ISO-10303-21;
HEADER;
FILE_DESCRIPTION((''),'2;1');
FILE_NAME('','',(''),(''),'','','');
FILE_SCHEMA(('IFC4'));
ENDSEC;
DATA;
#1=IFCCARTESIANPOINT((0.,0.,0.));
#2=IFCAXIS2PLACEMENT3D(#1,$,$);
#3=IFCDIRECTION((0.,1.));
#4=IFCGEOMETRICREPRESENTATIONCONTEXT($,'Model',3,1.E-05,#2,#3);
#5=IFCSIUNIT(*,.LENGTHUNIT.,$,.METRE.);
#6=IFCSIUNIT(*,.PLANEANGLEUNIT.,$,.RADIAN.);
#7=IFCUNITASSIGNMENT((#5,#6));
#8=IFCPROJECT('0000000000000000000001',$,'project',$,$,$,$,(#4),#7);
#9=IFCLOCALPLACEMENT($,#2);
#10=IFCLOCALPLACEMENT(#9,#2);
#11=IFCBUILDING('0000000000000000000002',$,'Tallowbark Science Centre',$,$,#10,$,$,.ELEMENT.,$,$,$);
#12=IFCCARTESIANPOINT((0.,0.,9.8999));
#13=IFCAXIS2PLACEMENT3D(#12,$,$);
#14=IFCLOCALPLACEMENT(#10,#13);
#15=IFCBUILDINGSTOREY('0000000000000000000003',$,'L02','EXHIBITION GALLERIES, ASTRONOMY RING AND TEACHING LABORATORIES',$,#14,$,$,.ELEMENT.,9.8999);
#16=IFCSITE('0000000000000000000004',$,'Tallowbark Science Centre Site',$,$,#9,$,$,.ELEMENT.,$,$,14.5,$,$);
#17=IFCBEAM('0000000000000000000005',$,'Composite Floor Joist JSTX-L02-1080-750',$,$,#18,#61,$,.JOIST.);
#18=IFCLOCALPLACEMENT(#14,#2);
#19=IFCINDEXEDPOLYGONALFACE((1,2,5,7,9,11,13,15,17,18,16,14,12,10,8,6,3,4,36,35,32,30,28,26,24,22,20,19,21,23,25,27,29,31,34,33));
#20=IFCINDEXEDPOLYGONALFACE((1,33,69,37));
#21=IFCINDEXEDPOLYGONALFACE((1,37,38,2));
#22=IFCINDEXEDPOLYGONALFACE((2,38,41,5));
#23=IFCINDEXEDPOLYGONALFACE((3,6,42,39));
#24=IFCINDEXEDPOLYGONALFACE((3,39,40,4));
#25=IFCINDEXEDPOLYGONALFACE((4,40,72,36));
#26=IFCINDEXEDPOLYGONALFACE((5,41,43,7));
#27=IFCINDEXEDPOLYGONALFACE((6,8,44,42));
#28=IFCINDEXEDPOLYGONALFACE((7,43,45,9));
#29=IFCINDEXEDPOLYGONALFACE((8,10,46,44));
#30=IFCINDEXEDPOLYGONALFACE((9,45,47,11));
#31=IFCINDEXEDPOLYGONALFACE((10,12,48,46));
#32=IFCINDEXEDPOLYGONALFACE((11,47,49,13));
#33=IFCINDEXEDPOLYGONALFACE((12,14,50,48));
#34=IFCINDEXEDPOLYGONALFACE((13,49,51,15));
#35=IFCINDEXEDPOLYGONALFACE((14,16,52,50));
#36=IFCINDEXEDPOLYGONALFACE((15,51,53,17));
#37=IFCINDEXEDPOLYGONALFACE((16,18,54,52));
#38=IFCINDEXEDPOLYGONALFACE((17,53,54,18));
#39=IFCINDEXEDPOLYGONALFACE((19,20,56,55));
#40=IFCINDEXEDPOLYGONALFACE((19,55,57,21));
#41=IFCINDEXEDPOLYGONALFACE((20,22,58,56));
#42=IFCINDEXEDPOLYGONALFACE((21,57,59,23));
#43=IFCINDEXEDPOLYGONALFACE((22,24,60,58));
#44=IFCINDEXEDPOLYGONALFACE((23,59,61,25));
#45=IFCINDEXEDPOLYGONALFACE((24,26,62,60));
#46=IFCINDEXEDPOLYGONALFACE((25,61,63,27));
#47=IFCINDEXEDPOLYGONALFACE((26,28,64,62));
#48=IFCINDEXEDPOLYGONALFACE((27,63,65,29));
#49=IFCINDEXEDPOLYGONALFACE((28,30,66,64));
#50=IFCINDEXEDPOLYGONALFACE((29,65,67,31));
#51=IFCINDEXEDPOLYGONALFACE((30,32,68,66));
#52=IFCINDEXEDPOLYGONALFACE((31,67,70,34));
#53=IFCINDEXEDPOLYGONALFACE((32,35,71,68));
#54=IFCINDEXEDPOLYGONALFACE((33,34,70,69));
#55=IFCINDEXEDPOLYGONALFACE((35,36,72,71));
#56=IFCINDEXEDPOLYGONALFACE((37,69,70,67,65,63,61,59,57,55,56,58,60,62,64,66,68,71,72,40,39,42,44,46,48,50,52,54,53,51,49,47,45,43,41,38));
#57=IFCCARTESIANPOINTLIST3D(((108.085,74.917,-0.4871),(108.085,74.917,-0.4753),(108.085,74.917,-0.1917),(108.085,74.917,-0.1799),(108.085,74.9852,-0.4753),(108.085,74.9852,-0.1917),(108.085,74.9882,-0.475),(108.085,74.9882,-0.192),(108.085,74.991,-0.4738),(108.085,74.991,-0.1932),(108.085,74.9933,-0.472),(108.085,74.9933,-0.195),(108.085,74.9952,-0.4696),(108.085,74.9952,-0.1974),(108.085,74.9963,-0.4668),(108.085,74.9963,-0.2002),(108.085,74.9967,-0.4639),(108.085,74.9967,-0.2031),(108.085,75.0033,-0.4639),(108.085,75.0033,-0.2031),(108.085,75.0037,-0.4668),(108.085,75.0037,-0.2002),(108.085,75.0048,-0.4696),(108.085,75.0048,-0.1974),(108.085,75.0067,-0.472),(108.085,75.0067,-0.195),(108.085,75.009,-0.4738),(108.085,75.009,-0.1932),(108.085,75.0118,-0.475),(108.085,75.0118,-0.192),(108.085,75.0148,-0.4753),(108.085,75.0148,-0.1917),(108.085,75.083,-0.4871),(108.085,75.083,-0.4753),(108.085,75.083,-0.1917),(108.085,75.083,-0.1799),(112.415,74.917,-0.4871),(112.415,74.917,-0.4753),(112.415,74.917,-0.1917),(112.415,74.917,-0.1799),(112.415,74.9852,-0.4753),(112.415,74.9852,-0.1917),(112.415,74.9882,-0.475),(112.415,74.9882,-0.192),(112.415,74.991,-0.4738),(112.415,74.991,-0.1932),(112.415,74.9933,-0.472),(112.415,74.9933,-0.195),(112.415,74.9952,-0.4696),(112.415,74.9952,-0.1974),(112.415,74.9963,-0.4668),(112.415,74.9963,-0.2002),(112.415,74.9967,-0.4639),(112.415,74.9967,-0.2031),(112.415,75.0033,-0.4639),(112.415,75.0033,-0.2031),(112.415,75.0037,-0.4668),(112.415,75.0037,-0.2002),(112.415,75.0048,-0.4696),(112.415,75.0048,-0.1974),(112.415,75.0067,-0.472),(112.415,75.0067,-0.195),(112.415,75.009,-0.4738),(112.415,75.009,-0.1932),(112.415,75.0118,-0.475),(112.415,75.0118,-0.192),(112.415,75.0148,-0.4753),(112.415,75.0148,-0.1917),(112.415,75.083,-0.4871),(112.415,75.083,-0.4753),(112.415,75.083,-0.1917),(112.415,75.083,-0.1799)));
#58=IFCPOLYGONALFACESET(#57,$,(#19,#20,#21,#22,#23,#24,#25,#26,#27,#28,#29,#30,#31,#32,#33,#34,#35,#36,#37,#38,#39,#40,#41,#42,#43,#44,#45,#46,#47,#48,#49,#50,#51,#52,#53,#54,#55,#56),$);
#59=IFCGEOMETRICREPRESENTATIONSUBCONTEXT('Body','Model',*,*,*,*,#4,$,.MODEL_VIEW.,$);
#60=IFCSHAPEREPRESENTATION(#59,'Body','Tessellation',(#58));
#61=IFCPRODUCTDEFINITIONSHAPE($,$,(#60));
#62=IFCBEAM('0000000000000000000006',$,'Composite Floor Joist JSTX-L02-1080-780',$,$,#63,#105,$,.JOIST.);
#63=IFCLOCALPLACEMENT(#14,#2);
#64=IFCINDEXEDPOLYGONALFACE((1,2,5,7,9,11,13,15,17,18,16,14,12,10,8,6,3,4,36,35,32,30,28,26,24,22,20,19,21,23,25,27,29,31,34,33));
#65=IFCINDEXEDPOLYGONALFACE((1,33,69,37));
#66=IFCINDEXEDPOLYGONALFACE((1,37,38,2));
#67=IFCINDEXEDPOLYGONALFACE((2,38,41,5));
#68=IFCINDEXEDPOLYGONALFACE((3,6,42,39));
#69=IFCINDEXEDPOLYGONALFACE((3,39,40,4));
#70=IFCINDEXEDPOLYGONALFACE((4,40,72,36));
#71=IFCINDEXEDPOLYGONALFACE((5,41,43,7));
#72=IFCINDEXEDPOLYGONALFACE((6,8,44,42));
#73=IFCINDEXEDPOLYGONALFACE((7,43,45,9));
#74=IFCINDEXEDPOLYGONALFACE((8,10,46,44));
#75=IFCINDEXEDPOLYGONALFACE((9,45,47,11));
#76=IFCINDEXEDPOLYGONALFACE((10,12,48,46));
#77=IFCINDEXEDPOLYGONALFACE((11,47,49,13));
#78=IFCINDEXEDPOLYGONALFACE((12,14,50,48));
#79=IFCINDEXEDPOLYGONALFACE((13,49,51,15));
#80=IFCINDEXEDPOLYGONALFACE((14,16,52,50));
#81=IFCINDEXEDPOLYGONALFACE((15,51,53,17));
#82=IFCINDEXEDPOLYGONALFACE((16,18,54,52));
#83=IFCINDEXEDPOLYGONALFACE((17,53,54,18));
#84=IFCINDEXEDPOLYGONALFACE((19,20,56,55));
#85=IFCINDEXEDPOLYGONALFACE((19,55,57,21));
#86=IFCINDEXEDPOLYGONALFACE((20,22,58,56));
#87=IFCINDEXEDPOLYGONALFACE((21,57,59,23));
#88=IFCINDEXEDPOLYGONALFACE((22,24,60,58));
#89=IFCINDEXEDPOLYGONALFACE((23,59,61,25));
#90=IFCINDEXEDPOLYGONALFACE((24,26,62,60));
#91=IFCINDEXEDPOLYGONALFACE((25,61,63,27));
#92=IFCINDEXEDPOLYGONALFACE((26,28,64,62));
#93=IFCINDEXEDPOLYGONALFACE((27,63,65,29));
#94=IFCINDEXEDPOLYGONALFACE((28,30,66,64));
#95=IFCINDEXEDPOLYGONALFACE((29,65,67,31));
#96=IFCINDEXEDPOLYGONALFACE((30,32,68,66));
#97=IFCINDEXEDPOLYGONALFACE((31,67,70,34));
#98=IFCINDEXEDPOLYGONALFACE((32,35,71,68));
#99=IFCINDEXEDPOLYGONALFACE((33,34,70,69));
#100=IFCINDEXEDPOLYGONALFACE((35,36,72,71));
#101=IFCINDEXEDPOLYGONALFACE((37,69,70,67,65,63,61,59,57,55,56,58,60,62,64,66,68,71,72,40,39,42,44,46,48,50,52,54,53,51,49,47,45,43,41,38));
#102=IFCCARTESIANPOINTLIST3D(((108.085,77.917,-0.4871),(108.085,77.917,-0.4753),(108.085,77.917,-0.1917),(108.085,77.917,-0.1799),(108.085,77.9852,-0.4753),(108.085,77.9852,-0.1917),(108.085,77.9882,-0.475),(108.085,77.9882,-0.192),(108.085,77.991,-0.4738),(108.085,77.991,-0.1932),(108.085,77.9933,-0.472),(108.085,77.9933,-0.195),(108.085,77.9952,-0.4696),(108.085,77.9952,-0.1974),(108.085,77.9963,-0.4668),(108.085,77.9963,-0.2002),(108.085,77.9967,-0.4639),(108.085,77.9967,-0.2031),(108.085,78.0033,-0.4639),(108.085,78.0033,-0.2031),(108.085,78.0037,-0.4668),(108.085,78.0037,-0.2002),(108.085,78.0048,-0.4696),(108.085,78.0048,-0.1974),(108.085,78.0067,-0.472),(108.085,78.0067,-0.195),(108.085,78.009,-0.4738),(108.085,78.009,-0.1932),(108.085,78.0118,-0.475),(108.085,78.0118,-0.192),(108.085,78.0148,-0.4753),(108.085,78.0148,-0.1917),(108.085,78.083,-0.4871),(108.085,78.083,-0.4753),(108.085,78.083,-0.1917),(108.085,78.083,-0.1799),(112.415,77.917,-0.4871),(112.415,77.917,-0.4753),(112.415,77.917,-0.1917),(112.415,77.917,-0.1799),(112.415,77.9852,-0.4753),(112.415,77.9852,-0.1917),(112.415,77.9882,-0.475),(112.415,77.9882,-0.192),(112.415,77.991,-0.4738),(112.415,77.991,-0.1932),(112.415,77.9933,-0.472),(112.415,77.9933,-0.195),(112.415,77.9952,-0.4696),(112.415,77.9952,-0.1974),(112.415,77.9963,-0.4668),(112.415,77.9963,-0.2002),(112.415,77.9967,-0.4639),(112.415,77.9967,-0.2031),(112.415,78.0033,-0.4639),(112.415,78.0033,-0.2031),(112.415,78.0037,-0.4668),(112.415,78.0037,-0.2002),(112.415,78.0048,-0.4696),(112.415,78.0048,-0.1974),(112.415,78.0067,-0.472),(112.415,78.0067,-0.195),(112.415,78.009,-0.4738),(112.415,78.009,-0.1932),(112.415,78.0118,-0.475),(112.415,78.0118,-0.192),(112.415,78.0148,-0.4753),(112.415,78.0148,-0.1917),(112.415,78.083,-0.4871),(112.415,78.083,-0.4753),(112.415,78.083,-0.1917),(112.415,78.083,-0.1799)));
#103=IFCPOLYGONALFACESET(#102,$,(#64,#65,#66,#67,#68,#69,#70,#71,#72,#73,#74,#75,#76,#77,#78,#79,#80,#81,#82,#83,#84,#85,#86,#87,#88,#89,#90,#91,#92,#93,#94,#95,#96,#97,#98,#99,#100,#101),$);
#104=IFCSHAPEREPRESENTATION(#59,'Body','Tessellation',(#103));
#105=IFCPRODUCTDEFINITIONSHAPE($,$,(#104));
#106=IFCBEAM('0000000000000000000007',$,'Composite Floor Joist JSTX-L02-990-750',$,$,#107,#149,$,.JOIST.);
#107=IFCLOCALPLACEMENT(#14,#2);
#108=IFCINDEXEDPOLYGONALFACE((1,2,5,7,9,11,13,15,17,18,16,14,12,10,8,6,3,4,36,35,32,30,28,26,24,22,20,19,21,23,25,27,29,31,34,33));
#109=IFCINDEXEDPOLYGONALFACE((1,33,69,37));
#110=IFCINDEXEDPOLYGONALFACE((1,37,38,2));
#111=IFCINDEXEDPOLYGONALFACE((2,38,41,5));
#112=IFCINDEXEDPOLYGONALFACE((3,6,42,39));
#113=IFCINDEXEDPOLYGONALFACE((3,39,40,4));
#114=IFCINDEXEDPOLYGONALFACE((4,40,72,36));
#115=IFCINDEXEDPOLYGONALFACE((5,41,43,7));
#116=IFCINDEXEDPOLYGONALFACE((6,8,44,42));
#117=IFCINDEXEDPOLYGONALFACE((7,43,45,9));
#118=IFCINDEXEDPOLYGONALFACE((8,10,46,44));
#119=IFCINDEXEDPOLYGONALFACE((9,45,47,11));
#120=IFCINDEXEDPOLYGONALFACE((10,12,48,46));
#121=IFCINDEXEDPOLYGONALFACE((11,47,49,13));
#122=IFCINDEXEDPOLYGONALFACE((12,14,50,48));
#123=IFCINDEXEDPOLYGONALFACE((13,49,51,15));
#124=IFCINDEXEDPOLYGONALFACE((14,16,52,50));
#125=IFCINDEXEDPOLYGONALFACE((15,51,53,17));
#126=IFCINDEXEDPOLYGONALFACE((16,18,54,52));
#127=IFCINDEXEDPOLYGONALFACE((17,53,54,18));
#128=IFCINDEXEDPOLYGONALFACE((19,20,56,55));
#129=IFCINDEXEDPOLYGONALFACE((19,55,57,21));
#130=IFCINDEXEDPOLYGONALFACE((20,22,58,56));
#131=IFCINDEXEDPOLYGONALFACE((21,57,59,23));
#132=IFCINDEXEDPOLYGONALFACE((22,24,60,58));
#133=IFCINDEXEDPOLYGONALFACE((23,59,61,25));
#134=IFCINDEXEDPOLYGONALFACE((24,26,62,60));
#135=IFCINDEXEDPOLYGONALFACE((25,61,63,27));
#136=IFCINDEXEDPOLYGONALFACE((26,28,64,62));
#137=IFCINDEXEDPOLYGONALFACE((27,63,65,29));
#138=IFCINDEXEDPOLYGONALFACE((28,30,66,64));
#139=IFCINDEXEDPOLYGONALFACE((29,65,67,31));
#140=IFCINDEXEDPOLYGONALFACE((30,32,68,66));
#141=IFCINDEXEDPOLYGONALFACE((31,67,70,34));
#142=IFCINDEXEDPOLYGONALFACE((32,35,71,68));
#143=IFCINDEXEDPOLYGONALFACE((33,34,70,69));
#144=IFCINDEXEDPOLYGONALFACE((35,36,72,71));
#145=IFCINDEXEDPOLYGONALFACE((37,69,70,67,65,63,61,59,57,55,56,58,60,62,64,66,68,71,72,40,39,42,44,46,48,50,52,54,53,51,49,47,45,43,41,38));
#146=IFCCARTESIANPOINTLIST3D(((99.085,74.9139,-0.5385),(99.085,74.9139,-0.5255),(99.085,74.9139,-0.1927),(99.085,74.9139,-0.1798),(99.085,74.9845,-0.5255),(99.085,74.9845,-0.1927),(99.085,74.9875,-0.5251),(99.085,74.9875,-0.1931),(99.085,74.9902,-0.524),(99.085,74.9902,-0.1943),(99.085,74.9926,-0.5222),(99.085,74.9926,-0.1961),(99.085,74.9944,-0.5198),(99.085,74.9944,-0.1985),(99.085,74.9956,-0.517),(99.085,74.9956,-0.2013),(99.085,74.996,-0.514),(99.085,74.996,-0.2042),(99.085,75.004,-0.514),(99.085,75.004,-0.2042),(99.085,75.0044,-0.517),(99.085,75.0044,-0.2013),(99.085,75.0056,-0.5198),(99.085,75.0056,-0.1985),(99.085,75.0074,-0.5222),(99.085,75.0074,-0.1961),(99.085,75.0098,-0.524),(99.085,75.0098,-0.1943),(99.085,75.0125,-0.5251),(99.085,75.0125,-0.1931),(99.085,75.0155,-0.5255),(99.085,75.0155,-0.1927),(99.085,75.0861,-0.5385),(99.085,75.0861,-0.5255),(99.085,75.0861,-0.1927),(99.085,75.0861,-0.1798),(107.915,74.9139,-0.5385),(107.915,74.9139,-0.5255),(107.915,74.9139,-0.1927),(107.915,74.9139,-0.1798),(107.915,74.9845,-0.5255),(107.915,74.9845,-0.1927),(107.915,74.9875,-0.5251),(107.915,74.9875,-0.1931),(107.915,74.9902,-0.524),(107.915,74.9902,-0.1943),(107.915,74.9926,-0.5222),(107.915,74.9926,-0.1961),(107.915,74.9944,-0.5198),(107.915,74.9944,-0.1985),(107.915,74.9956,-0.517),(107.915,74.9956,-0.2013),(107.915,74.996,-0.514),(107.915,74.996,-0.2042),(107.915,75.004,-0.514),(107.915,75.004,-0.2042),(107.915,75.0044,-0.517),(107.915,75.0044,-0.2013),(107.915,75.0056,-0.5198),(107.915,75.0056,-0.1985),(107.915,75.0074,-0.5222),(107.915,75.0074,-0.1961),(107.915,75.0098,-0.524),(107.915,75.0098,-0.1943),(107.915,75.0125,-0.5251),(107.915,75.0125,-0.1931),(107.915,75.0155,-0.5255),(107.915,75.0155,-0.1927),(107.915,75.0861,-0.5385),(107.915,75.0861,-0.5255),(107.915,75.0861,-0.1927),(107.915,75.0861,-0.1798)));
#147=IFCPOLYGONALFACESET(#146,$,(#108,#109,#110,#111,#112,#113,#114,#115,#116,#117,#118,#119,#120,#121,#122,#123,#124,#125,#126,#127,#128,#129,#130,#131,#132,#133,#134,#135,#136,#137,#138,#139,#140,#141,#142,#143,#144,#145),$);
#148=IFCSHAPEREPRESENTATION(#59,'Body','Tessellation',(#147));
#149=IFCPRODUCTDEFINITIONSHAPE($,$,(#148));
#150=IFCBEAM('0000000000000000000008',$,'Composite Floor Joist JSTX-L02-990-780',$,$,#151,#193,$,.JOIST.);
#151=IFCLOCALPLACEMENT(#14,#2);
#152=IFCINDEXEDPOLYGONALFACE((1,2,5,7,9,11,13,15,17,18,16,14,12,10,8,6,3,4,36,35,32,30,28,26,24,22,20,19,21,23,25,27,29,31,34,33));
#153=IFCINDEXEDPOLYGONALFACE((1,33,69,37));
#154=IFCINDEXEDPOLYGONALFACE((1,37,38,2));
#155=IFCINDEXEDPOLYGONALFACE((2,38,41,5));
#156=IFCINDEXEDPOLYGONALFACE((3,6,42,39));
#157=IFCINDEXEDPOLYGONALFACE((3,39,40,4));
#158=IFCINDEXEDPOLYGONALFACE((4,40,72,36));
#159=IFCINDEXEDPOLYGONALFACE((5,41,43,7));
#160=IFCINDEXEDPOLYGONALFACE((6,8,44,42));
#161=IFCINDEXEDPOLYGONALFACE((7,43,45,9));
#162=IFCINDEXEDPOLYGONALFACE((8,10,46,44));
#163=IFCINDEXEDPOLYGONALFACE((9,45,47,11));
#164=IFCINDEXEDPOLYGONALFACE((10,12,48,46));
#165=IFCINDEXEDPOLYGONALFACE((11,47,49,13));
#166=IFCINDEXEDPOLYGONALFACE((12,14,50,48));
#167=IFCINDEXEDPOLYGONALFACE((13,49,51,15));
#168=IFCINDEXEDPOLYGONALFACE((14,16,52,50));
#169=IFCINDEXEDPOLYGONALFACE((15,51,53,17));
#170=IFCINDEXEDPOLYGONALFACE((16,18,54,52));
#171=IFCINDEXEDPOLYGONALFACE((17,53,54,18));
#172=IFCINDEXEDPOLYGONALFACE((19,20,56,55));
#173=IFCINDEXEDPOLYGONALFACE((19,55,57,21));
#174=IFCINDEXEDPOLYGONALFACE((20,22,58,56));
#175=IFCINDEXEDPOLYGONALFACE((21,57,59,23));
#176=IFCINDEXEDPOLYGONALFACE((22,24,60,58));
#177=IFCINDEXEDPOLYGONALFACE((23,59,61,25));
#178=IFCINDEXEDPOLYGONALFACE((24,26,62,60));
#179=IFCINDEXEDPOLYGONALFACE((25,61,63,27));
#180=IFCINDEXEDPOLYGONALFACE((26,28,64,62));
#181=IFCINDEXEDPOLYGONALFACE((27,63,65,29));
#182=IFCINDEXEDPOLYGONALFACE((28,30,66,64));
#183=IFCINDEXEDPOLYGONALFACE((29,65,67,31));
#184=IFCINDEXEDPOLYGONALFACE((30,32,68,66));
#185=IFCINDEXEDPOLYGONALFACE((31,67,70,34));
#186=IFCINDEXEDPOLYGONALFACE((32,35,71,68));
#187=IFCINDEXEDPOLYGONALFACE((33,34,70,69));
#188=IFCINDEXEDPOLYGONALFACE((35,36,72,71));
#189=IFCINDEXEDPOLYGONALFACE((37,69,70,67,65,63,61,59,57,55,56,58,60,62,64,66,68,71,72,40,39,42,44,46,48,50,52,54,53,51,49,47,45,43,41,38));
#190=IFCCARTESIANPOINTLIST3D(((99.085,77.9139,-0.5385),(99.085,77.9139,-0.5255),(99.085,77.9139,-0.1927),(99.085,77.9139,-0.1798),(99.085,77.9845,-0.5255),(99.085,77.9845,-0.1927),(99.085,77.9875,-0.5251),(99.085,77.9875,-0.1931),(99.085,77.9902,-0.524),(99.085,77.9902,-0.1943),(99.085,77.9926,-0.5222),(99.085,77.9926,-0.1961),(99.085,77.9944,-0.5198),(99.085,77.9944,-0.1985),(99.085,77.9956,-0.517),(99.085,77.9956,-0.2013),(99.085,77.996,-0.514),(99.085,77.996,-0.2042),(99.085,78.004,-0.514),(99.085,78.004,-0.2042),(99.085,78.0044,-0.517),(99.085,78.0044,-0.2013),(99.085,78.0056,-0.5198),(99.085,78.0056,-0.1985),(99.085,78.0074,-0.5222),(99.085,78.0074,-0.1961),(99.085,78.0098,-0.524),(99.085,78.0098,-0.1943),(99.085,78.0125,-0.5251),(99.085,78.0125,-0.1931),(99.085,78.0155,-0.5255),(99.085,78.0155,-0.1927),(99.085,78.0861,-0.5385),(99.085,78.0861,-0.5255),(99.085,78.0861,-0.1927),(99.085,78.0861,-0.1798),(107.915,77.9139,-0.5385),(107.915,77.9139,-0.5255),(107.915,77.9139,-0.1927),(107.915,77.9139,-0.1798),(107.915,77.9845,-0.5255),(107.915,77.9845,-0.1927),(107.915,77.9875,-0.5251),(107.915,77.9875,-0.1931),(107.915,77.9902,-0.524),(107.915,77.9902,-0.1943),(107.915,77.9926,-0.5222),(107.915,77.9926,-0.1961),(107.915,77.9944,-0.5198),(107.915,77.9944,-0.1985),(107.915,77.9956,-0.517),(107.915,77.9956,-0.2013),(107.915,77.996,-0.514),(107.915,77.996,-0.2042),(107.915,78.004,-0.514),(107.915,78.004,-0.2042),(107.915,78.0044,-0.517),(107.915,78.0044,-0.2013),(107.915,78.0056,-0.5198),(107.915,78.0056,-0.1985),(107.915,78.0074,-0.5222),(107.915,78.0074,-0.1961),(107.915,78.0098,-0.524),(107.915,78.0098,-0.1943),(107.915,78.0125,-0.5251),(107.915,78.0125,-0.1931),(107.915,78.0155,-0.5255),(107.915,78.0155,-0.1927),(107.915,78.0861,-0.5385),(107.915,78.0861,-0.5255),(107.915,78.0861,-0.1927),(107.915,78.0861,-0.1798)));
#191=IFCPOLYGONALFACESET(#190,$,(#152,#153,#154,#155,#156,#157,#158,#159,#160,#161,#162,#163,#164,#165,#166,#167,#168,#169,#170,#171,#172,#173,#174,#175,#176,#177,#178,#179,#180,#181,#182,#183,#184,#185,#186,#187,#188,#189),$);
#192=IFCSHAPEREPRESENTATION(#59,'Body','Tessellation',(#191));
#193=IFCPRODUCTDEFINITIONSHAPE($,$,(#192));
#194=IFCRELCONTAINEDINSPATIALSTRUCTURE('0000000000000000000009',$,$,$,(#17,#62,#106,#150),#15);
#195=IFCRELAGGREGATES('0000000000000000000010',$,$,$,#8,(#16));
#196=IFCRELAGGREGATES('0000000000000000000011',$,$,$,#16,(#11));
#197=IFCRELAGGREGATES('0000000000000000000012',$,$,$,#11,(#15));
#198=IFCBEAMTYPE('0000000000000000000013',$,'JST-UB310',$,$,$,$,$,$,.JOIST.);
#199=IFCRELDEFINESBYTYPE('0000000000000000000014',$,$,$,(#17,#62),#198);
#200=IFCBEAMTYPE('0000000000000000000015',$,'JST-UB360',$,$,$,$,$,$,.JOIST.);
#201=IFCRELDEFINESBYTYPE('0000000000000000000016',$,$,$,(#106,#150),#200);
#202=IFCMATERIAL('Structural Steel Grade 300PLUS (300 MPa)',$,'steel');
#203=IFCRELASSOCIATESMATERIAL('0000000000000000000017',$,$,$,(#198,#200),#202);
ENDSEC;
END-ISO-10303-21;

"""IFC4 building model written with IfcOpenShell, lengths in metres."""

from ifc_helpers import new_model, si_unit, direction, frame, origin, origin_2d, place, context, subcontext, project, spatial, i_section, extrude, material, material_profile, profile_set, type_object, element, save


model = new_model("IFC4")

# Units and contexts
model_context = context("Model", 3, precision=1e-05, world=origin(), true_north=direction((0.0, 1.0)))
body_context = subcontext(model_context, "Body", "Model", "MODEL_VIEW")
ifc_project = project(units=[si_unit("LENGTHUNIT", "METRE"), si_unit("PLANEANGLEUNIT", "RADIAN")], contexts=[model_context])

# Site, building, storey
site_placement = place(None, origin())
site = spatial("IfcSite", under=ifc_project, at=site_placement, Name="Tallowbark Science Centre Site", CompositionType="ELEMENT", RefElevation=14.5)
building_placement = place(site_placement, origin())
building = spatial("IfcBuilding", under=site, at=building_placement, Name="Tallowbark Science Centre", CompositionType="ELEMENT")
storey_placement = place(building_placement, frame((0.0, 0.0, 9.8999)))
storey = spatial("IfcBuildingStorey", under=building, at=storey_placement, Name="L02", Description="EXHIBITION GALLERIES, ASTRONOMY RING AND TEACHING LABORATORIES", CompositionType="ELEMENT", Elevation=9.8999)

# Shared definitions
ifc_material_1 = material(Name="Structural Steel Grade 300PLUS (300 MPa)", Category="steel")

# Beams
ifc_material_profile_1 = material_profile(ifc_material_1, i_section(OverallWidth=0.166, OverallDepth=0.3071, WebThickness=0.0066, FlangeThickness=0.0117, FilletRadius=0.0115, at=origin_2d()), Name="310UB46.2")
ifc_profile_set_1 = profile_set([ifc_material_profile_1], Name="Structural Steel Grade 300PLUS (300 MPa)")
beam_type_1 = type_object("IfcBeamType", Name="JST-UB310", PredefinedType="JOIST", material=ifc_profile_set_1)
for number, where, z_axis, x_axis, name in (
    (1, (108.085, 75.0, -0.3335), (1.0, 0.0, 0.0), (0.0, 1.0, 0.0), "Composite Floor Joist JSTX-L02-1080-750"),
    (2, (108.085, 78.0, -0.3335), (1.0, 0.0, 0.0), (0.0, 1.0, 0.0), "Composite Floor Joist JSTX-L02-1080-780"),
):
    element("IfcBeam", number, at=place(storey_placement, frame(where, z_axis=z_axis, x_axis=x_axis)), inside=storey, type_object=beam_type_1, Name=name, PredefinedType="JOIST", context=body_context, shape_type="SweptSolid", body=[
        extrude(i_section(OverallWidth=0.166, OverallDepth=0.3071, WebThickness=0.0066, FlangeThickness=0.0117, FilletRadius=0.0115, at=origin_2d()), origin(), (0.0, 0.0, 1.0), 4.3301),
    ])
ifc_material_profile_2 = material_profile(ifc_material_1, i_section(OverallWidth=0.1721, OverallDepth=0.3586, WebThickness=0.0081, FlangeThickness=0.0129, FilletRadius=0.0115, at=origin_2d()), Name="360UB56.7")
ifc_profile_set_2 = profile_set([ifc_material_profile_2], Name="Structural Steel Grade 300PLUS (300 MPa)")
beam_type_2 = type_object("IfcBeamType", Name="JST-UB360", PredefinedType="JOIST", material=ifc_profile_set_2)
for number, where, z_axis, x_axis, name in (
    (3, (99.085, 75.0, -0.3591), (1.0, 0.0, 0.0), (0.0, 1.0, 0.0), "Composite Floor Joist JSTX-L02-990-750"),
    (4, (99.085, 78.0, -0.3591), (1.0, 0.0, 0.0), (0.0, 1.0, 0.0), "Composite Floor Joist JSTX-L02-990-780"),
):
    element("IfcBeam", number, at=place(storey_placement, frame(where, z_axis=z_axis, x_axis=x_axis)), inside=storey, type_object=beam_type_2, Name=name, PredefinedType="JOIST", context=body_context, shape_type="SweptSolid", body=[
        extrude(i_section(OverallWidth=0.1721, OverallDepth=0.3586, WebThickness=0.0081, FlangeThickness=0.0129, FilletRadius=0.0115, at=origin_2d()), origin(), (0.0, 0.0, 1.0), 8.8301),
    ])

save(model, "model.ifc")
